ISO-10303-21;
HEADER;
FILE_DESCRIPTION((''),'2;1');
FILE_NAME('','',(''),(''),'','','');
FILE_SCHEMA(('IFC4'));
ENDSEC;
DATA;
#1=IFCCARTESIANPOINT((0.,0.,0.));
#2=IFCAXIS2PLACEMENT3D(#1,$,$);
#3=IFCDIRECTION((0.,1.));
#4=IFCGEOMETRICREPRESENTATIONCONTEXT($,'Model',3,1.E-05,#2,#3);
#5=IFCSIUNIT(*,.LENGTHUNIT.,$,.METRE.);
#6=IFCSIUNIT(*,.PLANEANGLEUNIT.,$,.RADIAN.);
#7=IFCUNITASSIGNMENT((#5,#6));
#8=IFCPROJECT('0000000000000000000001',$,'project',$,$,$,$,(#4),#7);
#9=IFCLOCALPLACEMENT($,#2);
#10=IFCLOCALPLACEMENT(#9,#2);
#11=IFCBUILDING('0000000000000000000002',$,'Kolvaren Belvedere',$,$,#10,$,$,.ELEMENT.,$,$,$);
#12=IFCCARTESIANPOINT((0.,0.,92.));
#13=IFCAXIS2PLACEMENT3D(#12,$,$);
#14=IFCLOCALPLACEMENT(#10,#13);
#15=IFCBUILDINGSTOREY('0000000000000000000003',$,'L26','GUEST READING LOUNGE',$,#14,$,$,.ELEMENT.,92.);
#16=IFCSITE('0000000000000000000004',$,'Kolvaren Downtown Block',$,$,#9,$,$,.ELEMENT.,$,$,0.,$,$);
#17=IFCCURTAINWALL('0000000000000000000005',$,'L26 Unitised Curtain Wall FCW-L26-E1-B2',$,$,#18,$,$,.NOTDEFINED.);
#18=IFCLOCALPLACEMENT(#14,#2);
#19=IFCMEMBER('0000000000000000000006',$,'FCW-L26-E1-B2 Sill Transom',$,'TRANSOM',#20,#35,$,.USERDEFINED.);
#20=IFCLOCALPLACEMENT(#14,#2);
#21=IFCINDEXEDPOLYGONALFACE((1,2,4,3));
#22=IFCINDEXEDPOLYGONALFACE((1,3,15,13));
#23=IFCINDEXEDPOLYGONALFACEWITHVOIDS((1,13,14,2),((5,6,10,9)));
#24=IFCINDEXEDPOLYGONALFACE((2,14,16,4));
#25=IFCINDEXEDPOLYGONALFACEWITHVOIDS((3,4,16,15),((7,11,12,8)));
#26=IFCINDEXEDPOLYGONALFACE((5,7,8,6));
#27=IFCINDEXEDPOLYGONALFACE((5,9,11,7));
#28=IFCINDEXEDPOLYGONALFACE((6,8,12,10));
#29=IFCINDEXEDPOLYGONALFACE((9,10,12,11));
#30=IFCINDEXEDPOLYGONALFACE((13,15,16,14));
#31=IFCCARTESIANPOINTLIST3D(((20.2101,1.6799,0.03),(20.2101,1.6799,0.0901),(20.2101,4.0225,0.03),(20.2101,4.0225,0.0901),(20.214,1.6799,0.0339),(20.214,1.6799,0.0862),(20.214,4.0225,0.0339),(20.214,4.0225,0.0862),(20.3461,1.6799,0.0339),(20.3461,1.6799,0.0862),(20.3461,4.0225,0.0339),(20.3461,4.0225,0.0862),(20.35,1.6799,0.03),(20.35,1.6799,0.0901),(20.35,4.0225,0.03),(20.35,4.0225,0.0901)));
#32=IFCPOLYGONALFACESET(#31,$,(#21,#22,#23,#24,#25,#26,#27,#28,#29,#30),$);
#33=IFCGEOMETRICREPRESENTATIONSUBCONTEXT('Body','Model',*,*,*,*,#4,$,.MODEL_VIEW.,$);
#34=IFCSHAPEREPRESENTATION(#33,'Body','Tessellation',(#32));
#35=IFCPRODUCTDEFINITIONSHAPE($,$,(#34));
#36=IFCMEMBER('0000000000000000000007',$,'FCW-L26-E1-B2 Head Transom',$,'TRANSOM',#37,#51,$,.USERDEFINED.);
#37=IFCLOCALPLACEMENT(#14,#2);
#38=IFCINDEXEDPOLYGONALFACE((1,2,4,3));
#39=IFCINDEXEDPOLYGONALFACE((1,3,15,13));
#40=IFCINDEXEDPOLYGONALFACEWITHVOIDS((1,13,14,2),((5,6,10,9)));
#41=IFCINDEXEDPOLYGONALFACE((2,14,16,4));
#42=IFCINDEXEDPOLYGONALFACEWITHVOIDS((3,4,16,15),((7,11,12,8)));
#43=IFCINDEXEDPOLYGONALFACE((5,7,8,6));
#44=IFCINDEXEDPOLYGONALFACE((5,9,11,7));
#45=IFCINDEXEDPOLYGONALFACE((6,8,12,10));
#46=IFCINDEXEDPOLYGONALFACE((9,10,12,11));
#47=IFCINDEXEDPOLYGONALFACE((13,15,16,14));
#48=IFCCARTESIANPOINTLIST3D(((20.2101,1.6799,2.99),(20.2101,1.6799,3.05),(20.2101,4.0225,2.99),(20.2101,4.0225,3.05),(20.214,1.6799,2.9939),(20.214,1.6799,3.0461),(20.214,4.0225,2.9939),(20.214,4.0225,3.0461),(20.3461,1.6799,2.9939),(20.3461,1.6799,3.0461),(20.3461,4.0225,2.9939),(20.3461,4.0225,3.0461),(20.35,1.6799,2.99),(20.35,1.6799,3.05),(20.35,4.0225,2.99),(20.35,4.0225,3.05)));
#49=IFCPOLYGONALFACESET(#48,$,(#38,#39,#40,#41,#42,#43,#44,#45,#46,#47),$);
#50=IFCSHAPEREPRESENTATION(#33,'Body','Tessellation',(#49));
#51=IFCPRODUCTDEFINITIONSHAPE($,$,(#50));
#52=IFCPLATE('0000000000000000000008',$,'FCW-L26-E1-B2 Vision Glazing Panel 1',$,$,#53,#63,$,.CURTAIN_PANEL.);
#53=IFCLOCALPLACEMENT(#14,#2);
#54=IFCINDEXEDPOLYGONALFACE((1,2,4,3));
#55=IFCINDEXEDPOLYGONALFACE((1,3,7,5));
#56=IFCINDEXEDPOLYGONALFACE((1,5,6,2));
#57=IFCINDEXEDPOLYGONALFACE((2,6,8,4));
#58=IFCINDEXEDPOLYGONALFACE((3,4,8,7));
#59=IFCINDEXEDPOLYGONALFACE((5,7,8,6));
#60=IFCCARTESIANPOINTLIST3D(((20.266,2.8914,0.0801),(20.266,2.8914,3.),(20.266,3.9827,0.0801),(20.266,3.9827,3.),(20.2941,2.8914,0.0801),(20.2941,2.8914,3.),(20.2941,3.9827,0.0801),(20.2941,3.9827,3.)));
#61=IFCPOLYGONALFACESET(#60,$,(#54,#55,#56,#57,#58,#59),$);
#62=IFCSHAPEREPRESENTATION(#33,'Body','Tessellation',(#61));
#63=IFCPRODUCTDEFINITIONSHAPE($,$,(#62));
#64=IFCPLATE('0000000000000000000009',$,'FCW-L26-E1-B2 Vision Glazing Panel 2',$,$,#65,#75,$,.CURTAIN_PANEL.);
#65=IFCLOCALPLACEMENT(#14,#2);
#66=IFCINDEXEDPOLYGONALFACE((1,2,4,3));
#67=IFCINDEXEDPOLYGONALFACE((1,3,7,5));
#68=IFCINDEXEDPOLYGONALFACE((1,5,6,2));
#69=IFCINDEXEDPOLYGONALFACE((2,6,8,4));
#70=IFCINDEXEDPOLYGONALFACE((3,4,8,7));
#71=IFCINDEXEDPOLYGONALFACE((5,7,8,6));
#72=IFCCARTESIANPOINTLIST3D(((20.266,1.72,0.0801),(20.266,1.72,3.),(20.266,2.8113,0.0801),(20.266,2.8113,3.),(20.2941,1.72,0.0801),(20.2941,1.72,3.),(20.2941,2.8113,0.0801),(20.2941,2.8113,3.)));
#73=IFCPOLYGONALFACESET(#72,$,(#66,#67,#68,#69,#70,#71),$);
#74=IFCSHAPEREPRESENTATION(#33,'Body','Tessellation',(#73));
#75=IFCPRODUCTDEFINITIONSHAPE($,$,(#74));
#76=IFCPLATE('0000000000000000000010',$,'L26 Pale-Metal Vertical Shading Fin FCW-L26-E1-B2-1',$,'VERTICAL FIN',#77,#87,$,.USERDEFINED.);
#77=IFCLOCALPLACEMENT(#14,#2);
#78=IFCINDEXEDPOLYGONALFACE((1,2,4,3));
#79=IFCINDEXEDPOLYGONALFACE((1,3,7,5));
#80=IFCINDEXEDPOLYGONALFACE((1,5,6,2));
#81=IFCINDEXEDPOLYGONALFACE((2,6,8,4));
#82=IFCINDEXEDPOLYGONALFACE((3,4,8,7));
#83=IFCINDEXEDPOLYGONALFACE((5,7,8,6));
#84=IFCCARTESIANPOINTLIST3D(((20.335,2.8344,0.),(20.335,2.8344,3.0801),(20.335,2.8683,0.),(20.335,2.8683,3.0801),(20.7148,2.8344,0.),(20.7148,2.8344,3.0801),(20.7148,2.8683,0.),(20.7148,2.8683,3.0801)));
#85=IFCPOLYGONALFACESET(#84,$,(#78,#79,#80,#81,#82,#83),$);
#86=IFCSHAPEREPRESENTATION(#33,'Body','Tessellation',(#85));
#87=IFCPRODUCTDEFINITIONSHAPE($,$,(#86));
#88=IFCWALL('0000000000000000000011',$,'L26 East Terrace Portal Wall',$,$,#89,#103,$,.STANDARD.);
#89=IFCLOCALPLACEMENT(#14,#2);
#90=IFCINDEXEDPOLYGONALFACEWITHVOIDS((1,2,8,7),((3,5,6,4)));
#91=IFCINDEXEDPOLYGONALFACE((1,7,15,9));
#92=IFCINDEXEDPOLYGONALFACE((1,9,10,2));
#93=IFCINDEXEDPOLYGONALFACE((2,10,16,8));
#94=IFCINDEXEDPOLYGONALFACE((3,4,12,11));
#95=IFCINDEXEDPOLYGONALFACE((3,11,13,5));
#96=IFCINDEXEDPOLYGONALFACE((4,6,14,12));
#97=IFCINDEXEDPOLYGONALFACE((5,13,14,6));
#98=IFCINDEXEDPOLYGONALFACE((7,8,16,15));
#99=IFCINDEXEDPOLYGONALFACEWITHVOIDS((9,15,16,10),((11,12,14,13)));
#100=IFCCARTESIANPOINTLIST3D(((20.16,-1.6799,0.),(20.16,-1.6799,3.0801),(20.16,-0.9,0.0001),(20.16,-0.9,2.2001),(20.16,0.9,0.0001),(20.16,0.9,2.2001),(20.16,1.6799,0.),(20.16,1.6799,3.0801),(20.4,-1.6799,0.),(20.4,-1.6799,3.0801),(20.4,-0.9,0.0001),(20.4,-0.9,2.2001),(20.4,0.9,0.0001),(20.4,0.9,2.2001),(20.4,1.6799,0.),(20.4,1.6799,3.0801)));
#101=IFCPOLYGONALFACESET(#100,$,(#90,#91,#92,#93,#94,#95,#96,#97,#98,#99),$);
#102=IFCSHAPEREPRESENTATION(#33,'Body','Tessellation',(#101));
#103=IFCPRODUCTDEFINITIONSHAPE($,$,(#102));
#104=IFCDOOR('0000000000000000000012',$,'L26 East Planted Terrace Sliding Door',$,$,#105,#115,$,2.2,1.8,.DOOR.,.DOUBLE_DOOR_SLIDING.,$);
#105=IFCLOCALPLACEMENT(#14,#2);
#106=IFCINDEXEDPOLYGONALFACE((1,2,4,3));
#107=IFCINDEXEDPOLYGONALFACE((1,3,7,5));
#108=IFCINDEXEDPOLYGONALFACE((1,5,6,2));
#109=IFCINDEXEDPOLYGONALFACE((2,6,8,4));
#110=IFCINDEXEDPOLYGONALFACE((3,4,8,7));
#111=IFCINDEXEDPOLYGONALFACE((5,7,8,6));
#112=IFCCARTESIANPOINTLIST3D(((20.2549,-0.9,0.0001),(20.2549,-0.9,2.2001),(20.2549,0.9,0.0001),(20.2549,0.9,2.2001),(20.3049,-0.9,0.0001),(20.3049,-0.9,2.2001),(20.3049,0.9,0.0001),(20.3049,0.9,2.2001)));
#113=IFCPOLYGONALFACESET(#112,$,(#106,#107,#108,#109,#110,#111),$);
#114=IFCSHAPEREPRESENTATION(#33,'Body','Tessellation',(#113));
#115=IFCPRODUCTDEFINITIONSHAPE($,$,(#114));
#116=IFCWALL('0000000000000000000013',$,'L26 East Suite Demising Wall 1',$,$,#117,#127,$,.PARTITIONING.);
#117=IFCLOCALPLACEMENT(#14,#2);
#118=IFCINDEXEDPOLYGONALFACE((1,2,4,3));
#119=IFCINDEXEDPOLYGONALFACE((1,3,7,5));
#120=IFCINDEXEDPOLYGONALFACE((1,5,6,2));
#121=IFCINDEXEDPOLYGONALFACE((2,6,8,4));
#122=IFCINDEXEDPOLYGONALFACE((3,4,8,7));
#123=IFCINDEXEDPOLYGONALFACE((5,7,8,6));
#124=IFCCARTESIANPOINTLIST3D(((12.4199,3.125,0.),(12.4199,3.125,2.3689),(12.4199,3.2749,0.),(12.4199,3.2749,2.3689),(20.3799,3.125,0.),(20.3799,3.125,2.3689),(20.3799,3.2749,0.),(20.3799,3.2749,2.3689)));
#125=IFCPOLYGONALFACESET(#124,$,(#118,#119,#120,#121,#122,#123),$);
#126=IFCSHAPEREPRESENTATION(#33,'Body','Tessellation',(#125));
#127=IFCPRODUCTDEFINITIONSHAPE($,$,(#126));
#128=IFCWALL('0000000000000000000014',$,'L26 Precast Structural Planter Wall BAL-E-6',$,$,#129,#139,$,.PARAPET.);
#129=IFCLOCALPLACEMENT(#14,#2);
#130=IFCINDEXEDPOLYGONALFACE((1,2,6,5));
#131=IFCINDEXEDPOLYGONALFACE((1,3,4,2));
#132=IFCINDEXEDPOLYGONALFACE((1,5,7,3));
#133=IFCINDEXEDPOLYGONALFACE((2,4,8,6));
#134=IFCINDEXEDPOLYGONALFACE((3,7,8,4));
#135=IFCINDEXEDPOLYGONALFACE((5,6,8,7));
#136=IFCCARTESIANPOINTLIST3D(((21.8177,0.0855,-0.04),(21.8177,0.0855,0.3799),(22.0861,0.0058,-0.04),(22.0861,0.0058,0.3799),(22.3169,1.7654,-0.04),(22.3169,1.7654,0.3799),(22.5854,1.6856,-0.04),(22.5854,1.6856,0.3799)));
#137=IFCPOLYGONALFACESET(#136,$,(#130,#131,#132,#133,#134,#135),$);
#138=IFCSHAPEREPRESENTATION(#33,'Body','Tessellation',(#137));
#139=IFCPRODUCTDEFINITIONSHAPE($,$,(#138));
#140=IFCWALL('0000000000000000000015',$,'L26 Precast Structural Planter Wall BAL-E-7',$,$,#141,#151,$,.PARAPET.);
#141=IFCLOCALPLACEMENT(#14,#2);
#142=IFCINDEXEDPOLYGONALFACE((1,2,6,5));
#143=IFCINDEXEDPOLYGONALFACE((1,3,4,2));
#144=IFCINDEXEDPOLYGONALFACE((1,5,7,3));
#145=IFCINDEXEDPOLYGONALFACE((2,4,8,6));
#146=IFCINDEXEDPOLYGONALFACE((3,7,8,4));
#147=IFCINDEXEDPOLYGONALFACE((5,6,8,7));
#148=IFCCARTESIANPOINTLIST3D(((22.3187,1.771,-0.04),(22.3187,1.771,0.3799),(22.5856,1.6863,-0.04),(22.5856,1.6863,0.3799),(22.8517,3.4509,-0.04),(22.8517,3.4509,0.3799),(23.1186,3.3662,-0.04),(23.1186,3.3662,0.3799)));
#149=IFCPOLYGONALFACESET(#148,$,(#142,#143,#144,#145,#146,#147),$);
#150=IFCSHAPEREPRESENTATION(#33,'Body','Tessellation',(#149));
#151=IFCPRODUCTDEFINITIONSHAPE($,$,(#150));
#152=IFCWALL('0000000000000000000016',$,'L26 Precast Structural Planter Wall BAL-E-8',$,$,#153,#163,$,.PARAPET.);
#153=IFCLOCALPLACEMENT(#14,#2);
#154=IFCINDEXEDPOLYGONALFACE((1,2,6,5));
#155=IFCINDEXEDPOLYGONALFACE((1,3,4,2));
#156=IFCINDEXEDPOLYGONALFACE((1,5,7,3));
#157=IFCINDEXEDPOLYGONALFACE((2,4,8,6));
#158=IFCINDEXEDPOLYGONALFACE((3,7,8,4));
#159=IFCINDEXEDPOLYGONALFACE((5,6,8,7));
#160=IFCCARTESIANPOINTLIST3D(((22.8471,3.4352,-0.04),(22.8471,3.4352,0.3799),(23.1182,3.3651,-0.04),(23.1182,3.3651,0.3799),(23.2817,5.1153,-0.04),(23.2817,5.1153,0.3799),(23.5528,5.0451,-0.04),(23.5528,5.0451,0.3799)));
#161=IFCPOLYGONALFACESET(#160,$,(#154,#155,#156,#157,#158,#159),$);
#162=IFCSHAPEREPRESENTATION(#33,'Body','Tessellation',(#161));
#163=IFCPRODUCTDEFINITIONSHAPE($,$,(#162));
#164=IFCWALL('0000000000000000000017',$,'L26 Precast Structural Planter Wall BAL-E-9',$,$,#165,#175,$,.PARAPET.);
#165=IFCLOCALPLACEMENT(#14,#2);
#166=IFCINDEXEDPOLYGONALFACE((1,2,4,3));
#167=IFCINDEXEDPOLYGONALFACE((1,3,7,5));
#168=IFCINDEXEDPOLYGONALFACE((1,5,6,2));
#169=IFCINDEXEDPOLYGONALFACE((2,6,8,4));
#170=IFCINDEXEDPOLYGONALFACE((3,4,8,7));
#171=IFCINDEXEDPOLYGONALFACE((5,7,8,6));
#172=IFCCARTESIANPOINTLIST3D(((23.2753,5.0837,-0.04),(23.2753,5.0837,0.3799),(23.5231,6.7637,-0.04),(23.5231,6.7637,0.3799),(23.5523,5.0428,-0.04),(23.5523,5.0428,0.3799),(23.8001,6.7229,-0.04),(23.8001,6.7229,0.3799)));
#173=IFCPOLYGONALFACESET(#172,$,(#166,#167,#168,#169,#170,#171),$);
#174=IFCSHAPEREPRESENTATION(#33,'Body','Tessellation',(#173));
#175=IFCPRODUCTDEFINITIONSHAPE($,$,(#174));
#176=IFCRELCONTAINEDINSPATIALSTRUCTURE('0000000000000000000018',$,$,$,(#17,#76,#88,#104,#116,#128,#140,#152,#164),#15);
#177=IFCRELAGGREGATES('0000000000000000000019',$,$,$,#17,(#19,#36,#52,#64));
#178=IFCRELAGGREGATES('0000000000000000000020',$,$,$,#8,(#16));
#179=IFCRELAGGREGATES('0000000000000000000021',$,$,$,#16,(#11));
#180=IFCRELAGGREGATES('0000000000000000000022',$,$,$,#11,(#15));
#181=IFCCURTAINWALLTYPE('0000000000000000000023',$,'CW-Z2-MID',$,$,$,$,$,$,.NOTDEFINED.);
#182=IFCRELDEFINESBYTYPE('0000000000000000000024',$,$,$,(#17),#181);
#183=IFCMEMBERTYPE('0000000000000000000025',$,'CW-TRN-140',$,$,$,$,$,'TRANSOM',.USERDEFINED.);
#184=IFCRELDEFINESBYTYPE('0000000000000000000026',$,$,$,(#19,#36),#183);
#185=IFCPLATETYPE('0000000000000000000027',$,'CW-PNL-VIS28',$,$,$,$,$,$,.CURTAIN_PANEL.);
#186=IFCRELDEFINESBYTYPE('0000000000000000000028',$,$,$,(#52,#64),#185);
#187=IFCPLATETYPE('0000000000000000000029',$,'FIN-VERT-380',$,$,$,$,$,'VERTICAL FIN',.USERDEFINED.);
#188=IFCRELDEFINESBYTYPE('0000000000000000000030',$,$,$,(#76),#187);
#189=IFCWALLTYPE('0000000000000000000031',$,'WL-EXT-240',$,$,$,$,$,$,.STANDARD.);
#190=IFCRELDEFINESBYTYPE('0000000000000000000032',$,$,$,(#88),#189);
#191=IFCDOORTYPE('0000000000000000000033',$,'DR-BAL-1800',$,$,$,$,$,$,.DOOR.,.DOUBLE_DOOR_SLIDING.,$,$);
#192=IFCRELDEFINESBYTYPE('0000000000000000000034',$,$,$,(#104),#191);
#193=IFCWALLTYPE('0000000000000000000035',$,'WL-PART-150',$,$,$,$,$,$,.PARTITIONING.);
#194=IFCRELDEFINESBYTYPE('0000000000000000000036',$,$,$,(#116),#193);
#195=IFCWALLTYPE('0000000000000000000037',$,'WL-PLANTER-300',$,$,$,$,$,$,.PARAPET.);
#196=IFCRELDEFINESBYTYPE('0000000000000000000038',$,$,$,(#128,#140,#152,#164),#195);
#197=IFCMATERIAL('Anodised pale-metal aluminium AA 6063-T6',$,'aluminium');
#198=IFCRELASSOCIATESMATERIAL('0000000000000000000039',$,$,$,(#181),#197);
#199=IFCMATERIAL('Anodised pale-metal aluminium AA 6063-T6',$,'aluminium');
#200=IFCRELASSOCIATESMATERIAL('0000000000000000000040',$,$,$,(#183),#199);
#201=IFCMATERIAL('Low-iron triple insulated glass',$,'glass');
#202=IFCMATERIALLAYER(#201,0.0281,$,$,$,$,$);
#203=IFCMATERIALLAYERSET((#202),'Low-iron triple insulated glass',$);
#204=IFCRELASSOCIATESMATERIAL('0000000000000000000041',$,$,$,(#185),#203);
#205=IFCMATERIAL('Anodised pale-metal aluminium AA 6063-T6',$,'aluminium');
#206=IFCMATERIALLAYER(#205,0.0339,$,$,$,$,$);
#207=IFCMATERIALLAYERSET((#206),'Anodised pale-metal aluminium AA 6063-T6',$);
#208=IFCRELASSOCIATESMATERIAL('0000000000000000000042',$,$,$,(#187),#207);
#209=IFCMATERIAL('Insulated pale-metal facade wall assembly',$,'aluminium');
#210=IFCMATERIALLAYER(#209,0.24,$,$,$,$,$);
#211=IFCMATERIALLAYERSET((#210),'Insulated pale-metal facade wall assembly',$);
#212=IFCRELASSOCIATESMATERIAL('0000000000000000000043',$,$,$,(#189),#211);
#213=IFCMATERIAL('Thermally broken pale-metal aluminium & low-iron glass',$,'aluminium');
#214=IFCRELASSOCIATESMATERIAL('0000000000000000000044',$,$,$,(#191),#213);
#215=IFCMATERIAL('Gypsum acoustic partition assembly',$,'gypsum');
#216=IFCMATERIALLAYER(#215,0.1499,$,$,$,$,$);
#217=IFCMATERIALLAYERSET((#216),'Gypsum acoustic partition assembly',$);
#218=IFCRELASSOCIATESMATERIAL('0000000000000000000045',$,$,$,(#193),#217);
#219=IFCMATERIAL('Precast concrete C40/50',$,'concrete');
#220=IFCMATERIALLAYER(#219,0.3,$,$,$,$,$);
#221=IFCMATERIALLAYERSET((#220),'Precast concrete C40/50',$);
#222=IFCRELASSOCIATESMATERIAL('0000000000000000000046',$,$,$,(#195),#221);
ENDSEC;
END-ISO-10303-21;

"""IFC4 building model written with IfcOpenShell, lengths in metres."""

from ifc_helpers import new_model, si_unit, direction, frame, frame_2d, origin, origin_2d, place, context, subcontext, project, spatial, rectangle, hollow_rectangle, extrude, material, layer, layer_set, material_profile, profile_set, type_object, element, fill, aggregate, save


model = new_model("IFC4")

# Units and contexts
model_context = context("Model", 3, precision=1e-05, world=origin(), true_north=direction((0.0, 1.0)))
body_context = subcontext(model_context, "Body", "Model", "MODEL_VIEW")
ifc_project = project(units=[si_unit("LENGTHUNIT", "METRE"), si_unit("PLANEANGLEUNIT", "RADIAN")], contexts=[model_context])

# Site, building, storey
site_placement = place(None, origin())
site = spatial("IfcSite", under=ifc_project, at=site_placement, Name="Kolvaren Downtown Block", CompositionType="ELEMENT", RefElevation=0.0)
building_placement = place(site_placement, origin())
building = spatial("IfcBuilding", under=site, at=building_placement, Name="Kolvaren Belvedere", CompositionType="ELEMENT")
storey_placement = place(building_placement, frame((0.0, 0.0, 92.0)))
storey = spatial("IfcBuildingStorey", under=building, at=storey_placement, Name="L26", Description="GUEST READING LOUNGE", CompositionType="ELEMENT", Elevation=92.0)

# Shared definitions
ifc_material_1 = material(Name="Anodised pale-metal aluminium AA 6063-T6", Category="aluminium")
curtain_wall_type = type_object("IfcCurtainWallType", Name="CW-Z2-MID", PredefinedType="NOTDEFINED", material=ifc_material_1)

# Curtain wall, members, plates
curtain_wall_1_placement = place(storey_placement, origin())
curtain_wall_1 = element("IfcCurtainWall", 1, at=curtain_wall_1_placement, inside=storey, type_object=curtain_wall_type, Name="L26 Unitised Curtain Wall FCW-L26-E1-B2", PredefinedType="NOTDEFINED")
ifc_material_2 = material(Name="Anodised pale-metal aluminium AA 6063-T6", Category="aluminium")
ifc_material_profile_1 = material_profile(ifc_material_2, hollow_rectangle(XDim=0.0601, YDim=0.1399, WallThickness=0.0039, at=origin_2d()), Name="ALU-TRN-140X60")
ifc_profile_set_1 = profile_set([ifc_material_profile_1], Name="Anodised pale-metal aluminium AA 6063-T6")
member_type_1 = type_object("IfcMemberType", Name="CW-TRN-140", ElementType="TRANSOM", PredefinedType="USERDEFINED", material=ifc_profile_set_1)
member_1_placement = place(storey_placement, frame((20.28, 4.0225, 0.0601), z_axis=(0.0, -1.0, 0.0), x_axis=(0.0, 0.0, 1.0)))
member_1 = element("IfcMember", 2, at=member_1_placement, type_object=member_type_1, Name="FCW-L26-E1-B2 Sill Transom", ObjectType="TRANSOM", PredefinedType="USERDEFINED", context=body_context, shape_type="SweptSolid", body=[
    extrude(hollow_rectangle(XDim=0.0601, YDim=0.1399, WallThickness=0.0039, at=origin_2d()), origin(), (0.0, 0.0, 1.0), 2.3425),
])
member_2_placement = place(storey_placement, frame((20.28, 4.0225, 3.02), z_axis=(0.0, -1.0, 0.0), x_axis=(0.0, 0.0, 1.0)))
member_2 = element("IfcMember", 3, at=member_2_placement, type_object=member_type_1, Name="FCW-L26-E1-B2 Head Transom", ObjectType="TRANSOM", PredefinedType="USERDEFINED", context=body_context, shape_type="SweptSolid", body=[
    extrude(hollow_rectangle(XDim=0.0601, YDim=0.1399, WallThickness=0.0039, at=origin_2d()), origin(), (0.0, 0.0, 1.0), 2.3425),
])
ifc_material_3 = material(Name="Low-iron triple insulated glass", Category="glass")
ifc_layer_1 = layer(ifc_material_3, 0.0281)
ifc_layer_set_1 = layer_set([ifc_layer_1], Name="Low-iron triple insulated glass")
plate_type_1 = type_object("IfcPlateType", Name="CW-PNL-VIS28", PredefinedType="CURTAIN_PANEL", material=ifc_layer_set_1)
plate_1_placement = place(storey_placement, frame((20.28, 3.437, 0.0801), z_axis=(0.0, 0.0, 1.0), x_axis=(0.0, -1.0, 0.0)))
plate_1 = element("IfcPlate", 4, at=plate_1_placement, type_object=plate_type_1, Name="FCW-L26-E1-B2 Vision Glazing Panel 1", PredefinedType="CURTAIN_PANEL", context=body_context, shape_type="SweptSolid", body=[
    extrude(rectangle(XDim=1.0913, YDim=0.0281, at=origin_2d()), origin(), (0.0, 0.0, 1.0), 2.9199),
])
plate_2_placement = place(storey_placement, frame((20.28, 2.2656, 0.0801), z_axis=(0.0, 0.0, 1.0), x_axis=(0.0, -1.0, 0.0)))
plate_2 = element("IfcPlate", 5, at=plate_2_placement, type_object=plate_type_1, Name="FCW-L26-E1-B2 Vision Glazing Panel 2", PredefinedType="CURTAIN_PANEL", context=body_context, shape_type="SweptSolid", body=[
    extrude(rectangle(XDim=1.0913, YDim=0.0281, at=origin_2d()), origin(), (0.0, 0.0, 1.0), 2.9199),
])
aggregate(curtain_wall_1, [member_1, member_2, plate_1, plate_2])

# Plate
ifc_material_4 = material(Name="Anodised pale-metal aluminium AA 6063-T6", Category="aluminium")
ifc_layer_2 = layer(ifc_material_4, 0.0339)
ifc_layer_set_2 = layer_set([ifc_layer_2], Name="Anodised pale-metal aluminium AA 6063-T6")
plate_type_2 = type_object("IfcPlateType", Name="FIN-VERT-380", ElementType="VERTICAL FIN", PredefinedType="USERDEFINED", material=ifc_layer_set_2)
plate_3_placement = place(storey_placement, frame((20.5249, 2.8513, 0.0), z_axis=(0.0, 0.0, 1.0), x_axis=(1.0, 0.0, 0.0)))
element("IfcPlate", 6, at=plate_3_placement, inside=storey, type_object=plate_type_2, Name="L26 Pale-Metal Vertical Shading Fin FCW-L26-E1-B2-1", ObjectType="VERTICAL FIN", PredefinedType="USERDEFINED", context=body_context, shape_type="SweptSolid", body=[
    extrude(rectangle(XDim=0.3799, YDim=0.0339, at=origin_2d()), origin(), (0.0, 0.0, 1.0), 3.0801),
])

# Wall, opening, door
ifc_material_5 = material(Name="Insulated pale-metal facade wall assembly", Category="aluminium")
ifc_layer_3 = layer(ifc_material_5, 0.24)
ifc_layer_set_3 = layer_set([ifc_layer_3], Name="Insulated pale-metal facade wall assembly")
wall_type_1 = type_object("IfcWallType", Name="WL-EXT-240", PredefinedType="STANDARD", material=ifc_layer_set_3)
wall_1_placement = place(storey_placement, frame((20.28, 1.6799, 0.0), z_axis=(0.0, 0.0, 1.0), x_axis=(0.0, -1.0, 0.0)))
wall_1 = element("IfcWall", 7, at=wall_1_placement, inside=storey, type_object=wall_type_1, Name="L26 East Terrace Portal Wall", PredefinedType="STANDARD", context=body_context, shape_type="SweptSolid", body=[
    extrude(rectangle(XDim=3.3599, YDim=0.24, at=frame_2d((1.6799, 0.0))), origin(), (0.0, 0.0, 1.0), 3.0801),
])
opening_placement = place(wall_1_placement, frame((0.78, 0.0, 0.0)))
opening = element("IfcOpeningElement", 8, at=opening_placement, cuts=wall_1, PredefinedType="OPENING", context=body_context, shape_type="SweptSolid", body=[
    extrude(rectangle(XDim=1.8, YDim=2.2, at=frame_2d((0.8999, 1.1001))), frame((0.0, 0.1299, 0.0), z_axis=(0.0, -1.0, 0.0), x_axis=(1.0, 0.0, 0.0)), (0.0, 0.0, 1.0), 0.26),
])
ifc_material_6 = material(Name="Thermally broken pale-metal aluminium & low-iron glass", Category="aluminium")
door_type = type_object("IfcDoorType", Name="DR-BAL-1800", OperationType="DOUBLE_DOOR_SLIDING", PredefinedType="DOOR", material=ifc_material_6)
door_placement = place(opening_placement, origin())
door = element("IfcDoor", 9, at=door_placement, inside=storey, type_object=door_type, Name="L26 East Planted Terrace Sliding Door", OperationType="DOUBLE_DOOR_SLIDING", OverallHeight=2.2, OverallWidth=1.8, PredefinedType="DOOR", context=body_context, shape_type="SweptSolid", body=[
    extrude(rectangle(XDim=1.8, YDim=2.2, at=frame_2d((0.8999, 1.1001))), frame((0.0, 0.0249, 0.0), z_axis=(0.0, -1.0, 0.0), x_axis=(1.0, 0.0, 0.0)), (0.0, 0.0, 1.0), 0.05),
])
fill(opening, door)

# Walls
ifc_material_7 = material(Name="Gypsum acoustic partition assembly", Category="gypsum")
ifc_layer_4 = layer(ifc_material_7, 0.1499)
ifc_layer_set_4 = layer_set([ifc_layer_4], Name="Gypsum acoustic partition assembly")
wall_type_2 = type_object("IfcWallType", Name="WL-PART-150", PredefinedType="PARTITIONING", material=ifc_layer_set_4)
wall_2_placement = place(storey_placement, frame((12.4199, 3.2, 0.0), z_axis=(0.0, 0.0, 1.0), x_axis=(1.0, 0.0, 0.0)))
element("IfcWall", 10, at=wall_2_placement, inside=storey, type_object=wall_type_2, Name="L26 East Suite Demising Wall 1", PredefinedType="PARTITIONING", context=body_context, shape_type="SweptSolid", body=[
    extrude(rectangle(XDim=7.96, YDim=0.1499, at=frame_2d((3.98, 0.0))), origin(), (0.0, 0.0, 1.0), 2.3689),
])
ifc_material_8 = material(Name="Precast concrete C40/50", Category="concrete")
ifc_layer_5 = layer(ifc_material_8, 0.3)
ifc_layer_set_5 = layer_set([ifc_layer_5], Name="Precast concrete C40/50")
wall_type_3 = type_object("IfcWallType", Name="WL-PLANTER-300", PredefinedType="PARAPET", material=ifc_layer_set_5)
wall_3_placement = place(storey_placement, frame((21.9519, 0.0457, -0.04), z_axis=(0.0, 0.0, 1.0), x_axis=(0.28488, 0.958563, 0.0)))
element("IfcWall", 11, at=wall_3_placement, inside=storey, type_object=wall_type_3, Name="L26 Precast Structural Planter Wall BAL-E-6", PredefinedType="PARAPET", context=body_context, shape_type="SweptSolid", body=[
    extrude(rectangle(XDim=1.7524, YDim=0.28, at=frame_2d((0.8762, 0.0))), origin(), (0.0, 0.0, 1.0), 0.4199),
])
wall_4_placement = place(storey_placement, frame((22.4521, 1.7285, -0.04), z_axis=(0.0, 0.0, 1.0), x_axis=(0.302397, 0.953182, 0.0)))
element("IfcWall", 12, at=wall_4_placement, inside=storey, type_object=wall_type_3, Name="L26 Precast Structural Planter Wall BAL-E-7", PredefinedType="PARAPET", context=body_context, shape_type="SweptSolid", body=[
    extrude(rectangle(XDim=1.7625, YDim=0.28, at=frame_2d((0.8813, 0.0))), origin(), (0.0, 0.0, 1.0), 0.4199),
])
wall_5_placement = place(storey_placement, frame((22.9827, 3.4001, -0.04), z_axis=(0.0, 0.0, 1.0), x_axis=(0.25044, 0.968132, 0.0)))
element("IfcWall", 13, at=wall_5_placement, inside=storey, type_object=wall_type_3, Name="L26 Precast Structural Planter Wall BAL-E-8", PredefinedType="PARAPET", context=body_context, shape_type="SweptSolid", body=[
    extrude(rectangle(XDim=1.7354, YDim=0.28, at=frame_2d((0.8677, 0.0))), origin(), (0.0, 0.0, 1.0), 0.4199),
])
wall_6_placement = place(storey_placement, frame((23.4138, 5.0632, -0.04), z_axis=(0.0, 0.0, 1.0), x_axis=(0.145908, 0.989298, 0.0)))
element("IfcWall", 14, at=wall_6_placement, inside=storey, type_object=wall_type_3, Name="L26 Precast Structural Planter Wall BAL-E-9", PredefinedType="PARAPET", context=body_context, shape_type="SweptSolid", body=[
    extrude(rectangle(XDim=1.6982, YDim=0.28, at=frame_2d((0.8491, 0.0))), origin(), (0.0, 0.0, 1.0), 0.4199),
])

save(model, "model.ifc")
